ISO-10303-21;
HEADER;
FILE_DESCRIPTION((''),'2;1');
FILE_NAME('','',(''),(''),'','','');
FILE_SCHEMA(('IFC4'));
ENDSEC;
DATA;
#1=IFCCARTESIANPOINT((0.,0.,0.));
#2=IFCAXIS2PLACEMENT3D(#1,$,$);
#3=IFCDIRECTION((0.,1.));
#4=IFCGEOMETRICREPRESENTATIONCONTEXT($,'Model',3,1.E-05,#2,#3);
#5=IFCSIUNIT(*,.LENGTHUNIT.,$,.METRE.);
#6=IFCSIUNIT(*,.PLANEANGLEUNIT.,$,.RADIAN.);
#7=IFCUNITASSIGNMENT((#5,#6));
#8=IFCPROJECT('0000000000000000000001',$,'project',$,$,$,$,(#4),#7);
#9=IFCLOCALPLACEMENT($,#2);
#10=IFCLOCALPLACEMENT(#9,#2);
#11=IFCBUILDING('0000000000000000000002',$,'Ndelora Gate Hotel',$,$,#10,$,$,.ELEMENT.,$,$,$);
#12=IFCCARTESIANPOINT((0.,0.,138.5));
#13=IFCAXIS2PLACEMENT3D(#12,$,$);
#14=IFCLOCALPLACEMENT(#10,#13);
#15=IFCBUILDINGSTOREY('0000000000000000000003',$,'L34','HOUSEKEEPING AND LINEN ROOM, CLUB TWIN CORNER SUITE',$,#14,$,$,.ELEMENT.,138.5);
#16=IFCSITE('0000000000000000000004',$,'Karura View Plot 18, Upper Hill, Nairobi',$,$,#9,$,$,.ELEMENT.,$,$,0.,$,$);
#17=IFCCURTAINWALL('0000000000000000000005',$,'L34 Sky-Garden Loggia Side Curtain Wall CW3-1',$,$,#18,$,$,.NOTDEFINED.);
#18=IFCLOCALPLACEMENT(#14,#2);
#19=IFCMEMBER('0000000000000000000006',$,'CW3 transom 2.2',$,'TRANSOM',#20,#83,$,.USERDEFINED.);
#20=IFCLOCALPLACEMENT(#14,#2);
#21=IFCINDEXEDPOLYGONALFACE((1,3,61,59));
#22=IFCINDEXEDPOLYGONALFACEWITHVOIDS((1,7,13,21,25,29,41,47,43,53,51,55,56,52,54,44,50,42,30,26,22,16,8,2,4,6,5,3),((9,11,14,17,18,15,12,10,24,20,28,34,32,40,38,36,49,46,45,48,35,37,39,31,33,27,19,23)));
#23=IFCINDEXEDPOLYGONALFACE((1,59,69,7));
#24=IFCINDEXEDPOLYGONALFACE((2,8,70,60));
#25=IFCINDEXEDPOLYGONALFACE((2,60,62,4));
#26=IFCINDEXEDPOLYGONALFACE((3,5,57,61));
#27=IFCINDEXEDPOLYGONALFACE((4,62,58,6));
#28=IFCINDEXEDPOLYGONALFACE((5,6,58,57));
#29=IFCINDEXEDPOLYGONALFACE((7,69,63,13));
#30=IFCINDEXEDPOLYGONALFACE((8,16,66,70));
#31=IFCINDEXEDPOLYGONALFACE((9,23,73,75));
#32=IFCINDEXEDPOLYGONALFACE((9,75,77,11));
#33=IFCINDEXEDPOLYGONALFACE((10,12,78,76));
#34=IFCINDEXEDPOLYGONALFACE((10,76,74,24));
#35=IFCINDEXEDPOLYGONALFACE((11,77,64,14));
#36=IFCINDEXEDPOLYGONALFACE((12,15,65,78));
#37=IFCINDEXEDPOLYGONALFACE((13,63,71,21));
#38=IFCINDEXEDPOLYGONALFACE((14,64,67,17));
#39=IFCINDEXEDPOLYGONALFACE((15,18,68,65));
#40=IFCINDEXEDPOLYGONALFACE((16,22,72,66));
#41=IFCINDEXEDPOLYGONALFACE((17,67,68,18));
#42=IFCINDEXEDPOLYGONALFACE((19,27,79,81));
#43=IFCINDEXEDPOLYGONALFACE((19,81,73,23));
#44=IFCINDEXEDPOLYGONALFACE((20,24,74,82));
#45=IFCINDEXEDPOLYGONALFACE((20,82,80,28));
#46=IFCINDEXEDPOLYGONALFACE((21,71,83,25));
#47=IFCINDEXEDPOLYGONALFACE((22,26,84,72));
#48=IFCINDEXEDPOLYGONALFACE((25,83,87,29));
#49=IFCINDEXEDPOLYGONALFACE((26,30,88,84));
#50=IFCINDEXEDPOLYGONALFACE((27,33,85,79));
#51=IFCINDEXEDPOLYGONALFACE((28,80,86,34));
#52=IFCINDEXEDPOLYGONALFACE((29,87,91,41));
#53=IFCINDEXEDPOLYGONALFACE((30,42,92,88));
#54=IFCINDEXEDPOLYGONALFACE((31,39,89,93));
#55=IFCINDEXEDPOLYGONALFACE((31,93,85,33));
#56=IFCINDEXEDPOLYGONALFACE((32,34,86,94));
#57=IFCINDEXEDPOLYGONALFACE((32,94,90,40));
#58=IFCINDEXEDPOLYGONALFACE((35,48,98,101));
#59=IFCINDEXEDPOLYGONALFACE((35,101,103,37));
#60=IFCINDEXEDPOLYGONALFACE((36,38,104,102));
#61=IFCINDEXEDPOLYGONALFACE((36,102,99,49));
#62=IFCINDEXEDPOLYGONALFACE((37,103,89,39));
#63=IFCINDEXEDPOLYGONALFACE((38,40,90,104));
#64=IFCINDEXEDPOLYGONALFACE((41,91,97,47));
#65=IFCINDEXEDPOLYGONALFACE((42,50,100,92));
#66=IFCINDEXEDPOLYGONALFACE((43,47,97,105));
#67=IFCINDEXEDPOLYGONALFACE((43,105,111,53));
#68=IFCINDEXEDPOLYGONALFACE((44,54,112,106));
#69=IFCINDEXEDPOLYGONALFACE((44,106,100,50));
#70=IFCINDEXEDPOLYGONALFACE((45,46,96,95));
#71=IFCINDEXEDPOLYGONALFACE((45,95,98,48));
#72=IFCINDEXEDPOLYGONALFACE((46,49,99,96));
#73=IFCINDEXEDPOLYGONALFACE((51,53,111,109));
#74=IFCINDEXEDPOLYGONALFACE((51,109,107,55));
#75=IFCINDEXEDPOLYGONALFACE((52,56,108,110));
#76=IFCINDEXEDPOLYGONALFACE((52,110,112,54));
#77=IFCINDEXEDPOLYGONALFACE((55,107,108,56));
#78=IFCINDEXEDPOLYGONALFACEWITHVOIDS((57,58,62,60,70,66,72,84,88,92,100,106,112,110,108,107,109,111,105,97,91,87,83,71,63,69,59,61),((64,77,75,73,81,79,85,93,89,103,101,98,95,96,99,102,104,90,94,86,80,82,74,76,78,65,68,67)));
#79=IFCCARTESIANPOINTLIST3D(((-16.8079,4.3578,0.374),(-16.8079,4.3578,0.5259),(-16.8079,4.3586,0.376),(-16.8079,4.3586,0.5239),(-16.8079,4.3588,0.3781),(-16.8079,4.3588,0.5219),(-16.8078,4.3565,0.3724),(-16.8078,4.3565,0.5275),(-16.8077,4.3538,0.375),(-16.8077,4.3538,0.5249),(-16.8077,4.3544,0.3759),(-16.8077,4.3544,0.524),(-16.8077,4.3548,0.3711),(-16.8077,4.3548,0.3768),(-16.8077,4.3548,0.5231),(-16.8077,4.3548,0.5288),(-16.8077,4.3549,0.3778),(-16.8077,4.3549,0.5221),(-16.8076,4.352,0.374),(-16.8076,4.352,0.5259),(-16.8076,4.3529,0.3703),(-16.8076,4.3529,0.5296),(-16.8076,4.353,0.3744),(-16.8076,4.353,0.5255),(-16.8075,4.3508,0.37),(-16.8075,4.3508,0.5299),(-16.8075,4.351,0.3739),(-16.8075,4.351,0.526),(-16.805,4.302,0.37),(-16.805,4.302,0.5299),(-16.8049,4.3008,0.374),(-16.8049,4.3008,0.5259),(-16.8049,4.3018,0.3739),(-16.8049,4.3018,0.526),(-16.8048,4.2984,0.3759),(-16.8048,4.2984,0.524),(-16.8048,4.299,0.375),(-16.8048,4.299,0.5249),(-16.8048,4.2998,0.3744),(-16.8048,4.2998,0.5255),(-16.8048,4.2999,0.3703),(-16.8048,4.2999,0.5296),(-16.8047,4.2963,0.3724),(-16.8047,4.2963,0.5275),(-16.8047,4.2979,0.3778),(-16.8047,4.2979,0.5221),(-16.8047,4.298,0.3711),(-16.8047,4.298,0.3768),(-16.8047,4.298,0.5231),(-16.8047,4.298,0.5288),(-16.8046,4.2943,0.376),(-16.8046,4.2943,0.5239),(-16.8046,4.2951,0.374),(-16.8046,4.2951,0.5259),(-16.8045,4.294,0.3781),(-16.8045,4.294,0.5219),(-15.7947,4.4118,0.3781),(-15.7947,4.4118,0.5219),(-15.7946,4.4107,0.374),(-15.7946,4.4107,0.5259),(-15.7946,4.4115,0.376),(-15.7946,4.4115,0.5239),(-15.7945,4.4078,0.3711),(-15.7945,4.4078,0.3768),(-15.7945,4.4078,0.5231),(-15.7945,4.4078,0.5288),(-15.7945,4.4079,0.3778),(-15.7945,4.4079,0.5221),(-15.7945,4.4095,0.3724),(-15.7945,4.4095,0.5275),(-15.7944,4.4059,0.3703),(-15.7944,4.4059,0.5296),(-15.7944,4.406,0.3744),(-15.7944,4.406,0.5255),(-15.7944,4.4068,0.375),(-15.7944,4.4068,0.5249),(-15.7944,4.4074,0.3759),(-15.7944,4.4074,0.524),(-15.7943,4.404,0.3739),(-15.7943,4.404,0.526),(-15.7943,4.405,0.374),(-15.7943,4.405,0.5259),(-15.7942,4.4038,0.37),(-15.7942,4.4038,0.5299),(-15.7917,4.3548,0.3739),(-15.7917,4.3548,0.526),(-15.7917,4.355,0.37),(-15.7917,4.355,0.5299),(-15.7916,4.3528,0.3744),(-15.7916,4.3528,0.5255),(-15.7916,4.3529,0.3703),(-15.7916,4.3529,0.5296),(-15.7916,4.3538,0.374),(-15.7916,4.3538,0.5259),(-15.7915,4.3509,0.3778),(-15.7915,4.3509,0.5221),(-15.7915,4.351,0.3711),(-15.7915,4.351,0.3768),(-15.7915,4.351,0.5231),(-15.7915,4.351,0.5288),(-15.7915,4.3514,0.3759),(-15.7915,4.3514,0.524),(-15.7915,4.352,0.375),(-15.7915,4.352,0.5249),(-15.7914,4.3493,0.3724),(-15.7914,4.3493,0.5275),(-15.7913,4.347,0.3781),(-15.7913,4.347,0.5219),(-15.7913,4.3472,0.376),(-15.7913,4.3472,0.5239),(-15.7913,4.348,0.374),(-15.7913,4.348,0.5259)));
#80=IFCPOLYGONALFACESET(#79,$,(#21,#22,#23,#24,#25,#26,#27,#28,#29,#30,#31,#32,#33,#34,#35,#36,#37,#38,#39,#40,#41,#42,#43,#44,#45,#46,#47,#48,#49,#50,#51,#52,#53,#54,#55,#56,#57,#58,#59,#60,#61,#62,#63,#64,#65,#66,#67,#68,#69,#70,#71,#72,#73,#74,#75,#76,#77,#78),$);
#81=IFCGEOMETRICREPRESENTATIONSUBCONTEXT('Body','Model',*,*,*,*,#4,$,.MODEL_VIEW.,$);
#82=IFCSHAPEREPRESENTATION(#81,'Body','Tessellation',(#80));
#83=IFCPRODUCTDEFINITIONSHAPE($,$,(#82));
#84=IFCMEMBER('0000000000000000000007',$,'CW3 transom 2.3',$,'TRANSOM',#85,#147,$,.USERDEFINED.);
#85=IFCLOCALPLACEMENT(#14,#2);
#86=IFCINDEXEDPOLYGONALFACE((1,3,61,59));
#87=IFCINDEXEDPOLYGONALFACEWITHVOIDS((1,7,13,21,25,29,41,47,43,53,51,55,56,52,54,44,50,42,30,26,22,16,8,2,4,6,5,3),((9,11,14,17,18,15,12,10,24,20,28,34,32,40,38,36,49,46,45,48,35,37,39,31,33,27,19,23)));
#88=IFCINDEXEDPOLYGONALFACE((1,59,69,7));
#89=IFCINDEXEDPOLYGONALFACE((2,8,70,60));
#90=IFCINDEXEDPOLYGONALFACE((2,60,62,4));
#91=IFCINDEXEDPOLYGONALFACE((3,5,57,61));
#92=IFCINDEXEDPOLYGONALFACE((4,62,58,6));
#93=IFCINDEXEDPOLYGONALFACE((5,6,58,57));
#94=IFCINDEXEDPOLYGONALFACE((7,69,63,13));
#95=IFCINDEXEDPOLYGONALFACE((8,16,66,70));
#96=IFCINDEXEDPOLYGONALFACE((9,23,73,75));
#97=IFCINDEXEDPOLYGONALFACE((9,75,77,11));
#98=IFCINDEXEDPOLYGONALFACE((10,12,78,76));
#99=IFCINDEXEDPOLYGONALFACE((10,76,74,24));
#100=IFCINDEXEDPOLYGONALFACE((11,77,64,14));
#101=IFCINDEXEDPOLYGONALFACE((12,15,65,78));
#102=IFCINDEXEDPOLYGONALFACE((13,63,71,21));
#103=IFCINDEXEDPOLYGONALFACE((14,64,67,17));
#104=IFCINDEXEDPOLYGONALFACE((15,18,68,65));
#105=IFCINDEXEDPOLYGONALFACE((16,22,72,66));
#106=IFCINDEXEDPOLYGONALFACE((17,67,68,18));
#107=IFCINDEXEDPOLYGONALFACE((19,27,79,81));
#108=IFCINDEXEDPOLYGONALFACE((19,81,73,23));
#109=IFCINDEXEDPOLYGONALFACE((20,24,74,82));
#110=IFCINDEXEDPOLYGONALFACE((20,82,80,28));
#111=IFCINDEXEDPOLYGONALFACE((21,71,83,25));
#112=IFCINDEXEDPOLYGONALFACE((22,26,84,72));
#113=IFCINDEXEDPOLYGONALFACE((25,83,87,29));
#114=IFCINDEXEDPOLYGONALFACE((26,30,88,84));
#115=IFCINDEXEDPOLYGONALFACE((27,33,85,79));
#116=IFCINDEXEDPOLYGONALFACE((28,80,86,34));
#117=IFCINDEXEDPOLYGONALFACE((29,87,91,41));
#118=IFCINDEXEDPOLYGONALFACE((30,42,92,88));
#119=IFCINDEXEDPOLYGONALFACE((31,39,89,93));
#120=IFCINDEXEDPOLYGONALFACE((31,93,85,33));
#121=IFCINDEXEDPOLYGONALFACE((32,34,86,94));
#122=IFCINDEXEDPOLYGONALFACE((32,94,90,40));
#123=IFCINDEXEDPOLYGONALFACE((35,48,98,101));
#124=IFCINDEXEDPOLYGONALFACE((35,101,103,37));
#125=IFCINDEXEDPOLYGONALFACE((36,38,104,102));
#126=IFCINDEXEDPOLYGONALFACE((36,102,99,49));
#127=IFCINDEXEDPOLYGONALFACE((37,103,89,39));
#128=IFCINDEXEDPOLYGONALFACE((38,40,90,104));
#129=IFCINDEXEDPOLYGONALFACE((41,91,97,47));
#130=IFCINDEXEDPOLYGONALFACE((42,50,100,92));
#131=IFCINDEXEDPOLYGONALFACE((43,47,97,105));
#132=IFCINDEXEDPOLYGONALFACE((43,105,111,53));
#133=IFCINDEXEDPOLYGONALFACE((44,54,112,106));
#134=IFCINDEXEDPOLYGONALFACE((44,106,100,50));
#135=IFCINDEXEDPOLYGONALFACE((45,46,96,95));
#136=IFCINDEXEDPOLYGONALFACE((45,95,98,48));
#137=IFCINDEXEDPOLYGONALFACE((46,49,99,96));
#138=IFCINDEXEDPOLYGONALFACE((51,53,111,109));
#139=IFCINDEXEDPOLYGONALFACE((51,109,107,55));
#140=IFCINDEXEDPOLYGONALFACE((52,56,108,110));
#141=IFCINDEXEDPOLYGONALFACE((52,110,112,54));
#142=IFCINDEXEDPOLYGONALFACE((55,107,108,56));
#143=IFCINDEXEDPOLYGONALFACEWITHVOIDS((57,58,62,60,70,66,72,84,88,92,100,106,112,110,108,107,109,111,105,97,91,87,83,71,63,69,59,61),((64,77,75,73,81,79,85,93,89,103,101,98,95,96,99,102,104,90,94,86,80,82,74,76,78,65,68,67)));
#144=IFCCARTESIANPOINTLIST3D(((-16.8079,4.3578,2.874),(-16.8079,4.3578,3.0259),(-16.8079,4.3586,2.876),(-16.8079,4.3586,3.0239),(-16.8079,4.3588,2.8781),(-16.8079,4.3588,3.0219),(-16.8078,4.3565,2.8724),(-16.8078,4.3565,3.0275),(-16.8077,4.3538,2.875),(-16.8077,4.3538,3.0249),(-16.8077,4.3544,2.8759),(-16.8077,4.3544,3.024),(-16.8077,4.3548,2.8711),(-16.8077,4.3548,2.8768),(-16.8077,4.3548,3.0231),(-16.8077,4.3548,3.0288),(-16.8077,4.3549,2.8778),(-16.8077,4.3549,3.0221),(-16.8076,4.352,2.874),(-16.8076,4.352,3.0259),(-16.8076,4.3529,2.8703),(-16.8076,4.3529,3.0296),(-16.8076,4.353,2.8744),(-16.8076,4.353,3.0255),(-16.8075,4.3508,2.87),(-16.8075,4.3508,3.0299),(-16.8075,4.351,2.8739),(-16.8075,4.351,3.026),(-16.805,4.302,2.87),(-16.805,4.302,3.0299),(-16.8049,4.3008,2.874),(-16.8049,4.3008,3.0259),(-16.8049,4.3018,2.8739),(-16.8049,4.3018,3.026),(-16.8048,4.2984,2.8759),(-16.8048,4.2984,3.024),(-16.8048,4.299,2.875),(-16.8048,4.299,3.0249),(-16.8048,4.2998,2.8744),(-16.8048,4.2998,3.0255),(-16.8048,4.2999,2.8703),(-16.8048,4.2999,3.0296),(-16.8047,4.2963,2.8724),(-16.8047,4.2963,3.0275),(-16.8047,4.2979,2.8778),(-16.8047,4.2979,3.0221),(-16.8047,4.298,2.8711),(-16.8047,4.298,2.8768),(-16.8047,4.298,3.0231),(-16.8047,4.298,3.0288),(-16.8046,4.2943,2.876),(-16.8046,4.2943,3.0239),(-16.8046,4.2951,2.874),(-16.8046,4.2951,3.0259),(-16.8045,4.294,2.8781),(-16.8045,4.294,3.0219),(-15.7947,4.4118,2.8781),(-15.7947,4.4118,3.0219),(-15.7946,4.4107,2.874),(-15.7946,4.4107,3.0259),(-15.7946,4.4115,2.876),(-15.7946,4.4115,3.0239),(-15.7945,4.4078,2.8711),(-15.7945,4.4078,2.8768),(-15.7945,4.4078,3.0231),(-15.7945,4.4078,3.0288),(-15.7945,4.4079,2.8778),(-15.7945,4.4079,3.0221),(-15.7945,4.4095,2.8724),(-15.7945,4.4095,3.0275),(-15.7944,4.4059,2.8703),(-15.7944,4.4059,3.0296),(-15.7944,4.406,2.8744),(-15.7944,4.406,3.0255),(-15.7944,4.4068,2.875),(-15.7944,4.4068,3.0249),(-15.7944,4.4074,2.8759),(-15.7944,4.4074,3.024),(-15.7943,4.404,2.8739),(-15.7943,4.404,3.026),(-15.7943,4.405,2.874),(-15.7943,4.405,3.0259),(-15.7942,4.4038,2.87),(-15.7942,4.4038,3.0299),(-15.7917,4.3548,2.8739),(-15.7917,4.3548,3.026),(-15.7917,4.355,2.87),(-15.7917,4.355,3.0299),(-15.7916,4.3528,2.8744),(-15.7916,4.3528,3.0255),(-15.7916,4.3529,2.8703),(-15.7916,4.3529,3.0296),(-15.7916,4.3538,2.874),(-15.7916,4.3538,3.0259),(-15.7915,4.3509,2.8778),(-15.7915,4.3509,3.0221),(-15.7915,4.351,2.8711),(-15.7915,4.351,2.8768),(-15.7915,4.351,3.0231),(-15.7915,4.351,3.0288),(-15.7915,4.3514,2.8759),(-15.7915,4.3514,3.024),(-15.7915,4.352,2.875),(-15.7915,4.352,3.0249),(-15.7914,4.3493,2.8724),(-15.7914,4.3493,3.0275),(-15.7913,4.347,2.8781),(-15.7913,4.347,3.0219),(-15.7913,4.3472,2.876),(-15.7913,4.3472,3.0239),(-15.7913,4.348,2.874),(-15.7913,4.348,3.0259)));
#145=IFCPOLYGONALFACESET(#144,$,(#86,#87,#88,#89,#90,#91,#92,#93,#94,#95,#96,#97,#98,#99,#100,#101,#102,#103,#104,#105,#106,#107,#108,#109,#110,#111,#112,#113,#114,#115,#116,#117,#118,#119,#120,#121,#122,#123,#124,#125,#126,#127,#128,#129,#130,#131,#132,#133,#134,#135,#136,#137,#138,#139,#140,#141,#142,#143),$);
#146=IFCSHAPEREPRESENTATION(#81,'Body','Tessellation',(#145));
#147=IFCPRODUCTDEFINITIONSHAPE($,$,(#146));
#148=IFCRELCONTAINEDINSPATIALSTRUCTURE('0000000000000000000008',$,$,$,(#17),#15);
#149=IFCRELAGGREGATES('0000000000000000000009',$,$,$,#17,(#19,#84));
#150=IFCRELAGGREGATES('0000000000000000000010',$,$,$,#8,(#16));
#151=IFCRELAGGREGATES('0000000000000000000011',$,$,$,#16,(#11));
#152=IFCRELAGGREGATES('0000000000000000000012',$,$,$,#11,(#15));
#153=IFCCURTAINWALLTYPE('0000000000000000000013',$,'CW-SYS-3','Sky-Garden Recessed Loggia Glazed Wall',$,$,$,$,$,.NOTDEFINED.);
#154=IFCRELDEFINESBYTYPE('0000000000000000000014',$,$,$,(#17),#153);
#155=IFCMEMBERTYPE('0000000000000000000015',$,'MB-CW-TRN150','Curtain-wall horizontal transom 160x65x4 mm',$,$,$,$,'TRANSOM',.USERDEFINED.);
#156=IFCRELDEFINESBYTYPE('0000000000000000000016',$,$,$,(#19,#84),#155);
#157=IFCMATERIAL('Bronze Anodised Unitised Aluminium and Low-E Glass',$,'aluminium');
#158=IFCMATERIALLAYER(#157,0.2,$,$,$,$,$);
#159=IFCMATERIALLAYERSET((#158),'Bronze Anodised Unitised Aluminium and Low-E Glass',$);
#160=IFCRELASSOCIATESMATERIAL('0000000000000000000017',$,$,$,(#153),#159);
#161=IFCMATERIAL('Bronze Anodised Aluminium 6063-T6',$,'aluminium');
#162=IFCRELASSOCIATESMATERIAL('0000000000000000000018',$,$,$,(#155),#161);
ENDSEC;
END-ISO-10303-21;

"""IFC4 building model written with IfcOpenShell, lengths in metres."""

from ifc_helpers import new_model, si_unit, direction, frame, origin, origin_2d, place, context, subcontext, project, spatial, hollow_rectangle, extrude, material, layer, layer_set, material_profile, profile_set, type_object, element, aggregate, save


model = new_model("IFC4")

# Units and contexts
model_context = context("Model", 3, precision=1e-05, world=origin(), true_north=direction((0.0, 1.0)))
body_context = subcontext(model_context, "Body", "Model", "MODEL_VIEW")
ifc_project = project(units=[si_unit("LENGTHUNIT", "METRE"), si_unit("PLANEANGLEUNIT", "RADIAN")], contexts=[model_context])

# Site, building, storey
site_placement = place(None, origin())
site = spatial("IfcSite", under=ifc_project, at=site_placement, Name="Karura View Plot 18, Upper Hill, Nairobi", CompositionType="ELEMENT", RefElevation=0.0)
building_placement = place(site_placement, origin())
building = spatial("IfcBuilding", under=site, at=building_placement, Name="Ndelora Gate Hotel", CompositionType="ELEMENT")
storey_placement = place(building_placement, frame((0.0, 0.0, 138.5)))
storey = spatial("IfcBuildingStorey", under=building, at=storey_placement, Name="L34", Description="HOUSEKEEPING AND LINEN ROOM, CLUB TWIN CORNER SUITE", CompositionType="ELEMENT", Elevation=138.5)

# Curtain wall, members
ifc_material_1 = material(Name="Bronze Anodised Unitised Aluminium and Low-E Glass", Category="aluminium")
ifc_layer_1 = layer(ifc_material_1, 0.2)
ifc_layer_set_1 = layer_set([ifc_layer_1], Name="Bronze Anodised Unitised Aluminium and Low-E Glass")
curtain_wall_type = type_object("IfcCurtainWallType", Name="CW-SYS-3", Description="Sky-Garden Recessed Loggia Glazed Wall", PredefinedType="NOTDEFINED", material=ifc_layer_set_1)
curtain_wall_placement = place(storey_placement, origin())
curtain_wall = element("IfcCurtainWall", 1, at=curtain_wall_placement, inside=storey, type_object=curtain_wall_type, Name="L34 Sky-Garden Loggia Side Curtain Wall CW3-1", PredefinedType="NOTDEFINED")
ifc_material_2 = material(Name="Bronze Anodised Aluminium 6063-T6", Category="aluminium")
ifc_material_profile_1 = material_profile(ifc_material_2, hollow_rectangle(XDim=0.0649, YDim=0.1599, WallThickness=0.0039, InnerFilletRadius=0.0039, OuterFilletRadius=0.0081, at=origin_2d()), Name="ALU 160x65x4")
ifc_profile_set_1 = profile_set([ifc_material_profile_1], Name="Bronze Anodised Aluminium 6063-T6")
member_type_1 = type_object("IfcMemberType", Name="MB-CW-TRN150", Description="Curtain-wall horizontal transom 160x65x4 mm", ElementType="TRANSOM", PredefinedType="USERDEFINED", material=ifc_profile_set_1)
member_1_placement = place(storey_placement, frame((-15.793, 4.3794, 0.45), z_axis=(-0.998636, -0.052218, 0.0), x_axis=(0.052218, -0.998636, 0.0)))
member_1 = element("IfcMember", 2, at=member_1_placement, type_object=member_type_1, Name="CW3 transom 2.2", ObjectType="TRANSOM", PredefinedType="USERDEFINED", context=body_context, shape_type="SweptSolid", body=[
    extrude(hollow_rectangle(XDim=0.0649, YDim=0.1599, WallThickness=0.0039, InnerFilletRadius=0.0039, OuterFilletRadius=0.0081, at=origin_2d()), origin(), (0.0, 0.0, 1.0), 1.0146),
])
member_2_placement = place(storey_placement, frame((-15.793, 4.3794, 2.95), z_axis=(-0.998636, -0.052218, 0.0), x_axis=(0.052218, -0.998636, 0.0)))
member_2 = element("IfcMember", 3, at=member_2_placement, type_object=member_type_1, Name="CW3 transom 2.3", ObjectType="TRANSOM", PredefinedType="USERDEFINED", context=body_context, shape_type="SweptSolid", body=[
    extrude(hollow_rectangle(XDim=0.0649, YDim=0.1599, WallThickness=0.0039, InnerFilletRadius=0.0039, OuterFilletRadius=0.0081, at=origin_2d()), origin(), (0.0, 0.0, 1.0), 1.0146),
])
aggregate(curtain_wall, [member_1, member_2])

save(model, "model.ifc")
